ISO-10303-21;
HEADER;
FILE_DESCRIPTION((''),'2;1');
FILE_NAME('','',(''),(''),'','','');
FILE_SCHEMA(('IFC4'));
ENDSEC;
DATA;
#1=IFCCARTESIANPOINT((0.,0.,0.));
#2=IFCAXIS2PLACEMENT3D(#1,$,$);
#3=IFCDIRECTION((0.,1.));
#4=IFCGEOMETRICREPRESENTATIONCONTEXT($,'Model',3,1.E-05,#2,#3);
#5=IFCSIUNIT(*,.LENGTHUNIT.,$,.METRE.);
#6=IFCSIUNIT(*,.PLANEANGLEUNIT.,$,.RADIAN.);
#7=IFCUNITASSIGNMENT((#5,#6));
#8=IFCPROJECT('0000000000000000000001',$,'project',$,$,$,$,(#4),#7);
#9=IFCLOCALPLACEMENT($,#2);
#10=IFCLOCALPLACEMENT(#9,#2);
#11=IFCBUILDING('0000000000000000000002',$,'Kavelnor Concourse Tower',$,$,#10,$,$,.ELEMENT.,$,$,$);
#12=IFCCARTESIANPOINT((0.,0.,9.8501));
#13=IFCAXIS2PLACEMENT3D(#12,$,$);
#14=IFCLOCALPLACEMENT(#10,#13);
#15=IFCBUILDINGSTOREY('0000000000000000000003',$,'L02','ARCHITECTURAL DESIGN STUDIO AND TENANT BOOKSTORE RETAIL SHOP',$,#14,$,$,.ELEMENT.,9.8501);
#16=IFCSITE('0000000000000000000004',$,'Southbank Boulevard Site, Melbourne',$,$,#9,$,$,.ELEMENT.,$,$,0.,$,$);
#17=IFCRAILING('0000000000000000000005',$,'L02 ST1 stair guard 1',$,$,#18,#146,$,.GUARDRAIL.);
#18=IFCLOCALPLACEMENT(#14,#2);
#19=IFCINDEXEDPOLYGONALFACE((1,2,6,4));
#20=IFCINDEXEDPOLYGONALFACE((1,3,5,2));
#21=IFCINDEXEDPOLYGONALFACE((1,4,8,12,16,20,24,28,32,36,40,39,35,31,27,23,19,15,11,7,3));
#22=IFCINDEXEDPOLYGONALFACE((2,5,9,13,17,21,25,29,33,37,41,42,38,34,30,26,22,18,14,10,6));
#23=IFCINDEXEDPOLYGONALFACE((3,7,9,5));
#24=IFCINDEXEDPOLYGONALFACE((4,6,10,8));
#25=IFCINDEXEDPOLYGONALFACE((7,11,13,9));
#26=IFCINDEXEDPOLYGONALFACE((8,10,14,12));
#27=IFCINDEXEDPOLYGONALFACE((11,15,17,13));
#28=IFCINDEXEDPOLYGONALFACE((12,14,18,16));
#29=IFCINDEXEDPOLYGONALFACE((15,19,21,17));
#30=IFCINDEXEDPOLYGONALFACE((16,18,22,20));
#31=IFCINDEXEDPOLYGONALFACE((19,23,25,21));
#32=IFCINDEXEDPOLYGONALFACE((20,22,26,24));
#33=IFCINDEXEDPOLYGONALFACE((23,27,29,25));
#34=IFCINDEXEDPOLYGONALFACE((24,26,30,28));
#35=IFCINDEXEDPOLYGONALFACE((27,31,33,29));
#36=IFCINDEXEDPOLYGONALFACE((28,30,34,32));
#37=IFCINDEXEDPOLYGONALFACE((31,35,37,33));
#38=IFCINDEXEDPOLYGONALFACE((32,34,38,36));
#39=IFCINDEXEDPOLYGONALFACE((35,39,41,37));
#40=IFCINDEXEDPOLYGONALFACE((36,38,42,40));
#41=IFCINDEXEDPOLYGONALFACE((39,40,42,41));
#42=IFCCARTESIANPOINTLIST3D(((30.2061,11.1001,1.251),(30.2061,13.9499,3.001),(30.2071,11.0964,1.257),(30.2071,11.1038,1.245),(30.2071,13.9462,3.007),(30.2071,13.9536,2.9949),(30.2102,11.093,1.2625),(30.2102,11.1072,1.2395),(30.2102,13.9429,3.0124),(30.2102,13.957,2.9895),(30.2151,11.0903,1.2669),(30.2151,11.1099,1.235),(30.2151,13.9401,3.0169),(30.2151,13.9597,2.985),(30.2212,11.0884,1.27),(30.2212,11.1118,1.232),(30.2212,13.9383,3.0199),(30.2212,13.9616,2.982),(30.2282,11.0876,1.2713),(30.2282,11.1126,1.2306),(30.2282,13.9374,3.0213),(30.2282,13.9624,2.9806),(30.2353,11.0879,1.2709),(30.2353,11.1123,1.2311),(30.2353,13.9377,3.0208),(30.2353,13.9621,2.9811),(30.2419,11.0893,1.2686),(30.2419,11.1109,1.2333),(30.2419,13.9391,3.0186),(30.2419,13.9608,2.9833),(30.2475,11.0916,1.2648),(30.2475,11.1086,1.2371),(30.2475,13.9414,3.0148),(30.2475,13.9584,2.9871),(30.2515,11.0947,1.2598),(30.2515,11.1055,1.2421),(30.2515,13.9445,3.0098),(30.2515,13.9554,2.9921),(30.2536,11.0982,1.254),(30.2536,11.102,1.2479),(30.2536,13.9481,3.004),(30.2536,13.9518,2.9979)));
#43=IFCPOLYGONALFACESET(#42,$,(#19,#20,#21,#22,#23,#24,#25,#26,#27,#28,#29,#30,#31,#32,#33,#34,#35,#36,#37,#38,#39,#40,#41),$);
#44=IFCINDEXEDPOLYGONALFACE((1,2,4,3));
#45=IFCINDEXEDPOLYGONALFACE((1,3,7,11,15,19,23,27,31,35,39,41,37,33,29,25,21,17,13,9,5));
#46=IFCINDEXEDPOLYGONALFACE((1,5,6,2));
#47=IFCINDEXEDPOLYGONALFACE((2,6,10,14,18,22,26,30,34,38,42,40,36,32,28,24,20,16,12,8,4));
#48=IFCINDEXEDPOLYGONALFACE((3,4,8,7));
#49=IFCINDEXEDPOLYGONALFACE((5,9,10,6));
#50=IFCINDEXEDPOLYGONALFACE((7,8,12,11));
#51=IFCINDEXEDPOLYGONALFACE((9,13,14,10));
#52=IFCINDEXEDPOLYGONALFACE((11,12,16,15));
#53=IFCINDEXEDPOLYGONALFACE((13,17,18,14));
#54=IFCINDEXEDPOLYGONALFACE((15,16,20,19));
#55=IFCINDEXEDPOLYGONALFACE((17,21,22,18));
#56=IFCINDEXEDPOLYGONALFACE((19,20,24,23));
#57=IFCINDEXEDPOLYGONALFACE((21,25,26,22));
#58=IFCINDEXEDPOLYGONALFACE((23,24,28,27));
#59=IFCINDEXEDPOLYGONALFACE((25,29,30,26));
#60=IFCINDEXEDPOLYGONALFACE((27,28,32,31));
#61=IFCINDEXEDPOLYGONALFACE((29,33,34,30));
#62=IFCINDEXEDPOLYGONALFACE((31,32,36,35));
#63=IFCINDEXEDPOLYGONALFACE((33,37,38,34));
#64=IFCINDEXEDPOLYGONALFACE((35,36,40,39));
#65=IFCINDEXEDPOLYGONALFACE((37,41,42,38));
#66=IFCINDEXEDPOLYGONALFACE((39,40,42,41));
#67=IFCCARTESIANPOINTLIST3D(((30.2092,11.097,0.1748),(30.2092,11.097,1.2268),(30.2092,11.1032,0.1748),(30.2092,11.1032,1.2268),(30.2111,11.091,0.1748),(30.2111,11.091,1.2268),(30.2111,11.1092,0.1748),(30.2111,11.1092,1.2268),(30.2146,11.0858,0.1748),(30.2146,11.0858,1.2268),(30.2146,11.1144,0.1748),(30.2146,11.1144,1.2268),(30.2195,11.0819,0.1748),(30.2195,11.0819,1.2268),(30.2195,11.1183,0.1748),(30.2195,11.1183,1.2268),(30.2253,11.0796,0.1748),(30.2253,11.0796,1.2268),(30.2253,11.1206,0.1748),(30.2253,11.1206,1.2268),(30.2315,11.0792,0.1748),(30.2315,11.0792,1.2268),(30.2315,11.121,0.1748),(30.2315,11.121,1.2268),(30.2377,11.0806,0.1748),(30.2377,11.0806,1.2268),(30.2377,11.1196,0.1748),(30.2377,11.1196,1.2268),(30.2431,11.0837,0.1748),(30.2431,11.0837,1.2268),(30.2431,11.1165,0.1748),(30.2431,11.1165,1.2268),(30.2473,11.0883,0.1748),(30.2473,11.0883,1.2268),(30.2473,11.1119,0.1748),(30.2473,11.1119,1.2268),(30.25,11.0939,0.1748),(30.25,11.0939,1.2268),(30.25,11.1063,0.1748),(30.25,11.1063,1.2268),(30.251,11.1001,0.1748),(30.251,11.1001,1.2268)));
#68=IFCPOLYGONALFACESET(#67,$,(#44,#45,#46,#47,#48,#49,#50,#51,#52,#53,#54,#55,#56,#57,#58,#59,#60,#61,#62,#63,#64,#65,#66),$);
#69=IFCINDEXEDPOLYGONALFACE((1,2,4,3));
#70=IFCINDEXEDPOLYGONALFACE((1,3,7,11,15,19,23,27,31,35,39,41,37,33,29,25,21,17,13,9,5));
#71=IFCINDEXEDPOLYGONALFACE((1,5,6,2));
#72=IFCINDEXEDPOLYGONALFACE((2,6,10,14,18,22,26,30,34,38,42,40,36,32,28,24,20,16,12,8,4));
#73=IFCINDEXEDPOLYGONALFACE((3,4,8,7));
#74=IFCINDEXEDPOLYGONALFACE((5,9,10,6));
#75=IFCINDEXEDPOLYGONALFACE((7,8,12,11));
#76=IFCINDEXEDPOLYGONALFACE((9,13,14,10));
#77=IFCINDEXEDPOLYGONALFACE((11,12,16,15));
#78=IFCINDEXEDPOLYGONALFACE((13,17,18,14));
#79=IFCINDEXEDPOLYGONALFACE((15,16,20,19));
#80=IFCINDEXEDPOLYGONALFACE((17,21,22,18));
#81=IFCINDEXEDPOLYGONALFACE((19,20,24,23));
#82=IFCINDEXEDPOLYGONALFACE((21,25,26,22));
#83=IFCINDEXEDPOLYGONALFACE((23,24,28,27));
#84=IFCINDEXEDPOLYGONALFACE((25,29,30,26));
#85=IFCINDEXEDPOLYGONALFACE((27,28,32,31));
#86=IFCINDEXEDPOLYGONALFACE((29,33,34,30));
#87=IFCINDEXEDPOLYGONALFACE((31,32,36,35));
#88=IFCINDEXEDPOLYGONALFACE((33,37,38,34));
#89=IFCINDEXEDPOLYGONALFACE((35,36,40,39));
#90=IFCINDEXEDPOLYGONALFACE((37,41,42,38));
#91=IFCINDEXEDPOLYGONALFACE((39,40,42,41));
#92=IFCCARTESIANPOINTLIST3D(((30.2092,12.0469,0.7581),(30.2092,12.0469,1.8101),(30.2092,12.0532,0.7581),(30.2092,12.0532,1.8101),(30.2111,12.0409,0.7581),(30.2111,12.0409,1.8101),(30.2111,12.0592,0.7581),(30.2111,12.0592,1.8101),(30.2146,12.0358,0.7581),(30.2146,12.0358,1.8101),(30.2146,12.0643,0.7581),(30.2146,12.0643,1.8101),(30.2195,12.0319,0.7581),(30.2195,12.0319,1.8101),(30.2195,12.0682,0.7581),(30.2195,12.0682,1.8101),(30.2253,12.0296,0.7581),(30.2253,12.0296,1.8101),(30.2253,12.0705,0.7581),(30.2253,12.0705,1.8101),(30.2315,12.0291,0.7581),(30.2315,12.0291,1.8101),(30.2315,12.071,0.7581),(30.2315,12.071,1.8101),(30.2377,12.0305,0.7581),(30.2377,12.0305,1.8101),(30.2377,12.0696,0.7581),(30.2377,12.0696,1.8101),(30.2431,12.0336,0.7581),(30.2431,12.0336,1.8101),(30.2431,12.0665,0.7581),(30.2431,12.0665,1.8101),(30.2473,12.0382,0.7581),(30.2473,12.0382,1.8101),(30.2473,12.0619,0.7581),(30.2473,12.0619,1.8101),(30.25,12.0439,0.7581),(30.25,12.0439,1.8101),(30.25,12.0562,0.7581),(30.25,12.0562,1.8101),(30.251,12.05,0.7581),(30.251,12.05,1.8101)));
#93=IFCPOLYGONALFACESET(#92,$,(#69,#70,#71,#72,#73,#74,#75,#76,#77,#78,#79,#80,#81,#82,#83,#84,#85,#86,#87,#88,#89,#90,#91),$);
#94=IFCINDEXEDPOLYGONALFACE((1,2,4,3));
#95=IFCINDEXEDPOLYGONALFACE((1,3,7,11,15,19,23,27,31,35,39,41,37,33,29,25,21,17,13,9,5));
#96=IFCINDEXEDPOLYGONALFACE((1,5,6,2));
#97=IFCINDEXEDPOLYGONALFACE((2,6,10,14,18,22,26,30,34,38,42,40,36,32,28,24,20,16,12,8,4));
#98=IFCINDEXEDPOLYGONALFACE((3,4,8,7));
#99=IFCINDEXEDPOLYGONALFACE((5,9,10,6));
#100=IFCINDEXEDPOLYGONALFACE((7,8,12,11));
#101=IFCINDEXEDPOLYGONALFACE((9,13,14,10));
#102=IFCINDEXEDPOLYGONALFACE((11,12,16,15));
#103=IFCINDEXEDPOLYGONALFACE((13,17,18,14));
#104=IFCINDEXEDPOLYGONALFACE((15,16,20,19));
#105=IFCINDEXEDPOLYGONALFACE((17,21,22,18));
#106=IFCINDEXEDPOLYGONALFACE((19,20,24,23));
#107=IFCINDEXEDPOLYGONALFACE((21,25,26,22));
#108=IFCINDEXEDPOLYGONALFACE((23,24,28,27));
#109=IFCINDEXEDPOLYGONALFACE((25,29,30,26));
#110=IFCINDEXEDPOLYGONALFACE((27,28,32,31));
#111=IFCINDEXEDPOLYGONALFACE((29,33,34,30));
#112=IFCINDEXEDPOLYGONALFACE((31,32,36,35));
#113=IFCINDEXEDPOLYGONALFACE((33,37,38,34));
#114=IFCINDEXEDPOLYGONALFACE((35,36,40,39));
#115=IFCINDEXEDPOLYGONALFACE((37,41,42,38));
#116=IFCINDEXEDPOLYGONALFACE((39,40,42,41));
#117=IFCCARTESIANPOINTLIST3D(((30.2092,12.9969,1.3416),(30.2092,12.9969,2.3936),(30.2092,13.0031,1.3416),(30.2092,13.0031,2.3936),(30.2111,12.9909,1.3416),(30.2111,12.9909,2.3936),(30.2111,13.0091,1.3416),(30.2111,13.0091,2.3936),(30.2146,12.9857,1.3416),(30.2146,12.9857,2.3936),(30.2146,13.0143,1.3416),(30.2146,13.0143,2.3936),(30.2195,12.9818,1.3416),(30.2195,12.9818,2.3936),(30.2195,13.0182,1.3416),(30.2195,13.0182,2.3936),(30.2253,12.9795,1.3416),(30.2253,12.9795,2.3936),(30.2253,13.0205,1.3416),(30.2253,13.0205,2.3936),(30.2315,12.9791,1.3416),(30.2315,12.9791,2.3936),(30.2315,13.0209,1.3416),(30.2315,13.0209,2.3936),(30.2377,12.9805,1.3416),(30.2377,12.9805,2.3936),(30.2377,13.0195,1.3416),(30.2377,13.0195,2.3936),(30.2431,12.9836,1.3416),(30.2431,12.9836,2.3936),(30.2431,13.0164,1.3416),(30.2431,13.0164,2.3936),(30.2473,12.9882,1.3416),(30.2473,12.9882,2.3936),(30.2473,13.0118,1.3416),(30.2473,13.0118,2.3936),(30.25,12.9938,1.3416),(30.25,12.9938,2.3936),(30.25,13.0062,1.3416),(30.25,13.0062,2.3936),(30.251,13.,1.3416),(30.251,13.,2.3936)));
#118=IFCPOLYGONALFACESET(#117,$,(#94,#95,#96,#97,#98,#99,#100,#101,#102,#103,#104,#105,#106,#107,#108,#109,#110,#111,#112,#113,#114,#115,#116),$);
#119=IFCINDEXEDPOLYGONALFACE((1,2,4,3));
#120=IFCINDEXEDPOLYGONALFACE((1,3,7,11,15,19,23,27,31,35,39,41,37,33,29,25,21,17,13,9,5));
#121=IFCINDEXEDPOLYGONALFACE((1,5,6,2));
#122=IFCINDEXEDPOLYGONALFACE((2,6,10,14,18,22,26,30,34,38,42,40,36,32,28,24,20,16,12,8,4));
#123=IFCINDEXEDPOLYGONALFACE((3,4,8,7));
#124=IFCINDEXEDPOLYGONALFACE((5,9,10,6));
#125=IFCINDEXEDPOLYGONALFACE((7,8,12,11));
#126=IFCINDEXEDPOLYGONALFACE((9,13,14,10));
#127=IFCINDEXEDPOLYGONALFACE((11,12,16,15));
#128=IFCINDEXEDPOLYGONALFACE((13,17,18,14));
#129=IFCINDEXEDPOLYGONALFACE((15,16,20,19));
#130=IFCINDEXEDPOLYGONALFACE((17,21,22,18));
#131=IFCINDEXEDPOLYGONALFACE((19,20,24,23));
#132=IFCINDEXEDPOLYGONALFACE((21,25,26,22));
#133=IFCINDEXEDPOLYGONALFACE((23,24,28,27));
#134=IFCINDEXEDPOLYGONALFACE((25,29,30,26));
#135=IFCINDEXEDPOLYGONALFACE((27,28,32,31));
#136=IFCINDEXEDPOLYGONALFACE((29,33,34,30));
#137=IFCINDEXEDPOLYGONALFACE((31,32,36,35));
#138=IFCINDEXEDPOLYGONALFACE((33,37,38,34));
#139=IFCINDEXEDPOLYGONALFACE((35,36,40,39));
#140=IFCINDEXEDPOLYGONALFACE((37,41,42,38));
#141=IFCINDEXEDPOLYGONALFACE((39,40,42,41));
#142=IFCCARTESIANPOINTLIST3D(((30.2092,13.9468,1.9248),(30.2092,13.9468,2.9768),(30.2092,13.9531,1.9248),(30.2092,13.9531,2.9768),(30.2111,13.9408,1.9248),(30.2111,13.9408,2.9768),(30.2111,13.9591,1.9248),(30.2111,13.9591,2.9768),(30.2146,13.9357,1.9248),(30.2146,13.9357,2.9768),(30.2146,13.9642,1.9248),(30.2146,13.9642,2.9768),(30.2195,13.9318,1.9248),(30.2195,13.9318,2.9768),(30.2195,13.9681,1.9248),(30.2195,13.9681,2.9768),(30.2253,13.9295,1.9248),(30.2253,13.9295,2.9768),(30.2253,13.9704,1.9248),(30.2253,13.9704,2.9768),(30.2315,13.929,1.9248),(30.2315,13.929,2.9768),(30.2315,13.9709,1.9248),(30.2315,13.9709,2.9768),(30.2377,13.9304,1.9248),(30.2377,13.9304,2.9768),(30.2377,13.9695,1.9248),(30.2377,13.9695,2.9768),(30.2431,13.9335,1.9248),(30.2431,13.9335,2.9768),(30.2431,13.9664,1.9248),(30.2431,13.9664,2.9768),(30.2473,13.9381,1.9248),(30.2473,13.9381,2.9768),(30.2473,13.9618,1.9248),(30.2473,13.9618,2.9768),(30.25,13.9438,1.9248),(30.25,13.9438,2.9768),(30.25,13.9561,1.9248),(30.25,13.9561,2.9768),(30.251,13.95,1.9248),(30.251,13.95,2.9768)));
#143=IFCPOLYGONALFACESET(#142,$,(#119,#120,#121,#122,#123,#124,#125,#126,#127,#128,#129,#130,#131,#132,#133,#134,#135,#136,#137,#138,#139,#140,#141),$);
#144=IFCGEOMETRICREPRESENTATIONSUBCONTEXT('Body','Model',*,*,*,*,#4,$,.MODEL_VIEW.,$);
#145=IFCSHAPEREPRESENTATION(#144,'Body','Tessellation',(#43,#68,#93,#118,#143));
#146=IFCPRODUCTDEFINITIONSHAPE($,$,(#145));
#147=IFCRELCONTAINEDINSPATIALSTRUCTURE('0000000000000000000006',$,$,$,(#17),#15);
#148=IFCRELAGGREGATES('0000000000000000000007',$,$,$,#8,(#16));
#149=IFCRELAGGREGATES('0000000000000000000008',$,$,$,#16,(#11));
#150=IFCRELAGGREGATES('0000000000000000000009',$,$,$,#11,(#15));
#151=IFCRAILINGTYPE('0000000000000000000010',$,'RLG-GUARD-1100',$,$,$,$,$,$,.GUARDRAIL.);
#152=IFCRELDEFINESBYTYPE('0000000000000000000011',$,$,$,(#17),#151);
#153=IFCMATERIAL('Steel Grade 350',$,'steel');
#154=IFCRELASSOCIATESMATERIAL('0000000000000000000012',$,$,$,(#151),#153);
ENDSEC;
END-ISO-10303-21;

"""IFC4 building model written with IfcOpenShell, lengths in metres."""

from ifc_helpers import new_model, si_unit, direction, frame, origin, origin_2d, place, context, subcontext, project, spatial, circle, extrude, material, type_object, element, save


model = new_model("IFC4")

# Units and contexts
model_context = context("Model", 3, precision=1e-05, world=origin(), true_north=direction((0.0, 1.0)))
body_context = subcontext(model_context, "Body", "Model", "MODEL_VIEW")
ifc_project = project(units=[si_unit("LENGTHUNIT", "METRE"), si_unit("PLANEANGLEUNIT", "RADIAN")], contexts=[model_context])

# Site, building, storey
site_placement = place(None, origin())
site = spatial("IfcSite", under=ifc_project, at=site_placement, Name="Southbank Boulevard Site, Melbourne", CompositionType="ELEMENT", RefElevation=0.0)
building_placement = place(site_placement, origin())
building = spatial("IfcBuilding", under=site, at=building_placement, Name="Kavelnor Concourse Tower", CompositionType="ELEMENT")
storey_placement = place(building_placement, frame((0.0, 0.0, 9.8501)))
storey = spatial("IfcBuildingStorey", under=building, at=storey_placement, Name="L02", Description="ARCHITECTURAL DESIGN STUDIO AND TENANT BOOKSTORE RETAIL SHOP", CompositionType="ELEMENT", Elevation=9.8501)

# Shared definitions
ifc_material_1 = material(Name="Steel Grade 350", Category="steel")

# Railing
railing_type_1 = type_object("IfcRailingType", Name="RLG-GUARD-1100", PredefinedType="GUARDRAIL", material=ifc_material_1)
railing_1_placement = place(storey_placement, frame((30.23, 11.1001, 0.1748)))
element("IfcRailing", 1, at=railing_1_placement, inside=storey, type_object=railing_type_1, Name="L02 ST1 stair guard 1", PredefinedType="GUARDRAIL", context=body_context, shape_type="SweptSolid", body=[
    extrude(circle(Radius=0.0239, at=origin_2d()), frame((0.0, 0.0, 1.0762), z_axis=(0.0, 0.852159, 0.523283), x_axis=(-1.0, 0.0, 0.0)), (0.0, 0.0, 1.0), 3.3442),
    extrude(circle(Radius=0.021, at=origin_2d()), origin(), (0.0, 0.0, 1.0), 1.052),
    extrude(circle(Radius=0.021, at=origin_2d()), frame((0.0, 0.95, 0.5833)), (0.0, 0.0, 1.0), 1.052),
    extrude(circle(Radius=0.021, at=origin_2d()), frame((0.0, 1.8999, 1.1667)), (0.0, 0.0, 1.0), 1.052),
    extrude(circle(Radius=0.021, at=origin_2d()), frame((0.0, 2.8499, 1.75)), (0.0, 0.0, 1.0), 1.052),
])

save(model, "model.ifc")
